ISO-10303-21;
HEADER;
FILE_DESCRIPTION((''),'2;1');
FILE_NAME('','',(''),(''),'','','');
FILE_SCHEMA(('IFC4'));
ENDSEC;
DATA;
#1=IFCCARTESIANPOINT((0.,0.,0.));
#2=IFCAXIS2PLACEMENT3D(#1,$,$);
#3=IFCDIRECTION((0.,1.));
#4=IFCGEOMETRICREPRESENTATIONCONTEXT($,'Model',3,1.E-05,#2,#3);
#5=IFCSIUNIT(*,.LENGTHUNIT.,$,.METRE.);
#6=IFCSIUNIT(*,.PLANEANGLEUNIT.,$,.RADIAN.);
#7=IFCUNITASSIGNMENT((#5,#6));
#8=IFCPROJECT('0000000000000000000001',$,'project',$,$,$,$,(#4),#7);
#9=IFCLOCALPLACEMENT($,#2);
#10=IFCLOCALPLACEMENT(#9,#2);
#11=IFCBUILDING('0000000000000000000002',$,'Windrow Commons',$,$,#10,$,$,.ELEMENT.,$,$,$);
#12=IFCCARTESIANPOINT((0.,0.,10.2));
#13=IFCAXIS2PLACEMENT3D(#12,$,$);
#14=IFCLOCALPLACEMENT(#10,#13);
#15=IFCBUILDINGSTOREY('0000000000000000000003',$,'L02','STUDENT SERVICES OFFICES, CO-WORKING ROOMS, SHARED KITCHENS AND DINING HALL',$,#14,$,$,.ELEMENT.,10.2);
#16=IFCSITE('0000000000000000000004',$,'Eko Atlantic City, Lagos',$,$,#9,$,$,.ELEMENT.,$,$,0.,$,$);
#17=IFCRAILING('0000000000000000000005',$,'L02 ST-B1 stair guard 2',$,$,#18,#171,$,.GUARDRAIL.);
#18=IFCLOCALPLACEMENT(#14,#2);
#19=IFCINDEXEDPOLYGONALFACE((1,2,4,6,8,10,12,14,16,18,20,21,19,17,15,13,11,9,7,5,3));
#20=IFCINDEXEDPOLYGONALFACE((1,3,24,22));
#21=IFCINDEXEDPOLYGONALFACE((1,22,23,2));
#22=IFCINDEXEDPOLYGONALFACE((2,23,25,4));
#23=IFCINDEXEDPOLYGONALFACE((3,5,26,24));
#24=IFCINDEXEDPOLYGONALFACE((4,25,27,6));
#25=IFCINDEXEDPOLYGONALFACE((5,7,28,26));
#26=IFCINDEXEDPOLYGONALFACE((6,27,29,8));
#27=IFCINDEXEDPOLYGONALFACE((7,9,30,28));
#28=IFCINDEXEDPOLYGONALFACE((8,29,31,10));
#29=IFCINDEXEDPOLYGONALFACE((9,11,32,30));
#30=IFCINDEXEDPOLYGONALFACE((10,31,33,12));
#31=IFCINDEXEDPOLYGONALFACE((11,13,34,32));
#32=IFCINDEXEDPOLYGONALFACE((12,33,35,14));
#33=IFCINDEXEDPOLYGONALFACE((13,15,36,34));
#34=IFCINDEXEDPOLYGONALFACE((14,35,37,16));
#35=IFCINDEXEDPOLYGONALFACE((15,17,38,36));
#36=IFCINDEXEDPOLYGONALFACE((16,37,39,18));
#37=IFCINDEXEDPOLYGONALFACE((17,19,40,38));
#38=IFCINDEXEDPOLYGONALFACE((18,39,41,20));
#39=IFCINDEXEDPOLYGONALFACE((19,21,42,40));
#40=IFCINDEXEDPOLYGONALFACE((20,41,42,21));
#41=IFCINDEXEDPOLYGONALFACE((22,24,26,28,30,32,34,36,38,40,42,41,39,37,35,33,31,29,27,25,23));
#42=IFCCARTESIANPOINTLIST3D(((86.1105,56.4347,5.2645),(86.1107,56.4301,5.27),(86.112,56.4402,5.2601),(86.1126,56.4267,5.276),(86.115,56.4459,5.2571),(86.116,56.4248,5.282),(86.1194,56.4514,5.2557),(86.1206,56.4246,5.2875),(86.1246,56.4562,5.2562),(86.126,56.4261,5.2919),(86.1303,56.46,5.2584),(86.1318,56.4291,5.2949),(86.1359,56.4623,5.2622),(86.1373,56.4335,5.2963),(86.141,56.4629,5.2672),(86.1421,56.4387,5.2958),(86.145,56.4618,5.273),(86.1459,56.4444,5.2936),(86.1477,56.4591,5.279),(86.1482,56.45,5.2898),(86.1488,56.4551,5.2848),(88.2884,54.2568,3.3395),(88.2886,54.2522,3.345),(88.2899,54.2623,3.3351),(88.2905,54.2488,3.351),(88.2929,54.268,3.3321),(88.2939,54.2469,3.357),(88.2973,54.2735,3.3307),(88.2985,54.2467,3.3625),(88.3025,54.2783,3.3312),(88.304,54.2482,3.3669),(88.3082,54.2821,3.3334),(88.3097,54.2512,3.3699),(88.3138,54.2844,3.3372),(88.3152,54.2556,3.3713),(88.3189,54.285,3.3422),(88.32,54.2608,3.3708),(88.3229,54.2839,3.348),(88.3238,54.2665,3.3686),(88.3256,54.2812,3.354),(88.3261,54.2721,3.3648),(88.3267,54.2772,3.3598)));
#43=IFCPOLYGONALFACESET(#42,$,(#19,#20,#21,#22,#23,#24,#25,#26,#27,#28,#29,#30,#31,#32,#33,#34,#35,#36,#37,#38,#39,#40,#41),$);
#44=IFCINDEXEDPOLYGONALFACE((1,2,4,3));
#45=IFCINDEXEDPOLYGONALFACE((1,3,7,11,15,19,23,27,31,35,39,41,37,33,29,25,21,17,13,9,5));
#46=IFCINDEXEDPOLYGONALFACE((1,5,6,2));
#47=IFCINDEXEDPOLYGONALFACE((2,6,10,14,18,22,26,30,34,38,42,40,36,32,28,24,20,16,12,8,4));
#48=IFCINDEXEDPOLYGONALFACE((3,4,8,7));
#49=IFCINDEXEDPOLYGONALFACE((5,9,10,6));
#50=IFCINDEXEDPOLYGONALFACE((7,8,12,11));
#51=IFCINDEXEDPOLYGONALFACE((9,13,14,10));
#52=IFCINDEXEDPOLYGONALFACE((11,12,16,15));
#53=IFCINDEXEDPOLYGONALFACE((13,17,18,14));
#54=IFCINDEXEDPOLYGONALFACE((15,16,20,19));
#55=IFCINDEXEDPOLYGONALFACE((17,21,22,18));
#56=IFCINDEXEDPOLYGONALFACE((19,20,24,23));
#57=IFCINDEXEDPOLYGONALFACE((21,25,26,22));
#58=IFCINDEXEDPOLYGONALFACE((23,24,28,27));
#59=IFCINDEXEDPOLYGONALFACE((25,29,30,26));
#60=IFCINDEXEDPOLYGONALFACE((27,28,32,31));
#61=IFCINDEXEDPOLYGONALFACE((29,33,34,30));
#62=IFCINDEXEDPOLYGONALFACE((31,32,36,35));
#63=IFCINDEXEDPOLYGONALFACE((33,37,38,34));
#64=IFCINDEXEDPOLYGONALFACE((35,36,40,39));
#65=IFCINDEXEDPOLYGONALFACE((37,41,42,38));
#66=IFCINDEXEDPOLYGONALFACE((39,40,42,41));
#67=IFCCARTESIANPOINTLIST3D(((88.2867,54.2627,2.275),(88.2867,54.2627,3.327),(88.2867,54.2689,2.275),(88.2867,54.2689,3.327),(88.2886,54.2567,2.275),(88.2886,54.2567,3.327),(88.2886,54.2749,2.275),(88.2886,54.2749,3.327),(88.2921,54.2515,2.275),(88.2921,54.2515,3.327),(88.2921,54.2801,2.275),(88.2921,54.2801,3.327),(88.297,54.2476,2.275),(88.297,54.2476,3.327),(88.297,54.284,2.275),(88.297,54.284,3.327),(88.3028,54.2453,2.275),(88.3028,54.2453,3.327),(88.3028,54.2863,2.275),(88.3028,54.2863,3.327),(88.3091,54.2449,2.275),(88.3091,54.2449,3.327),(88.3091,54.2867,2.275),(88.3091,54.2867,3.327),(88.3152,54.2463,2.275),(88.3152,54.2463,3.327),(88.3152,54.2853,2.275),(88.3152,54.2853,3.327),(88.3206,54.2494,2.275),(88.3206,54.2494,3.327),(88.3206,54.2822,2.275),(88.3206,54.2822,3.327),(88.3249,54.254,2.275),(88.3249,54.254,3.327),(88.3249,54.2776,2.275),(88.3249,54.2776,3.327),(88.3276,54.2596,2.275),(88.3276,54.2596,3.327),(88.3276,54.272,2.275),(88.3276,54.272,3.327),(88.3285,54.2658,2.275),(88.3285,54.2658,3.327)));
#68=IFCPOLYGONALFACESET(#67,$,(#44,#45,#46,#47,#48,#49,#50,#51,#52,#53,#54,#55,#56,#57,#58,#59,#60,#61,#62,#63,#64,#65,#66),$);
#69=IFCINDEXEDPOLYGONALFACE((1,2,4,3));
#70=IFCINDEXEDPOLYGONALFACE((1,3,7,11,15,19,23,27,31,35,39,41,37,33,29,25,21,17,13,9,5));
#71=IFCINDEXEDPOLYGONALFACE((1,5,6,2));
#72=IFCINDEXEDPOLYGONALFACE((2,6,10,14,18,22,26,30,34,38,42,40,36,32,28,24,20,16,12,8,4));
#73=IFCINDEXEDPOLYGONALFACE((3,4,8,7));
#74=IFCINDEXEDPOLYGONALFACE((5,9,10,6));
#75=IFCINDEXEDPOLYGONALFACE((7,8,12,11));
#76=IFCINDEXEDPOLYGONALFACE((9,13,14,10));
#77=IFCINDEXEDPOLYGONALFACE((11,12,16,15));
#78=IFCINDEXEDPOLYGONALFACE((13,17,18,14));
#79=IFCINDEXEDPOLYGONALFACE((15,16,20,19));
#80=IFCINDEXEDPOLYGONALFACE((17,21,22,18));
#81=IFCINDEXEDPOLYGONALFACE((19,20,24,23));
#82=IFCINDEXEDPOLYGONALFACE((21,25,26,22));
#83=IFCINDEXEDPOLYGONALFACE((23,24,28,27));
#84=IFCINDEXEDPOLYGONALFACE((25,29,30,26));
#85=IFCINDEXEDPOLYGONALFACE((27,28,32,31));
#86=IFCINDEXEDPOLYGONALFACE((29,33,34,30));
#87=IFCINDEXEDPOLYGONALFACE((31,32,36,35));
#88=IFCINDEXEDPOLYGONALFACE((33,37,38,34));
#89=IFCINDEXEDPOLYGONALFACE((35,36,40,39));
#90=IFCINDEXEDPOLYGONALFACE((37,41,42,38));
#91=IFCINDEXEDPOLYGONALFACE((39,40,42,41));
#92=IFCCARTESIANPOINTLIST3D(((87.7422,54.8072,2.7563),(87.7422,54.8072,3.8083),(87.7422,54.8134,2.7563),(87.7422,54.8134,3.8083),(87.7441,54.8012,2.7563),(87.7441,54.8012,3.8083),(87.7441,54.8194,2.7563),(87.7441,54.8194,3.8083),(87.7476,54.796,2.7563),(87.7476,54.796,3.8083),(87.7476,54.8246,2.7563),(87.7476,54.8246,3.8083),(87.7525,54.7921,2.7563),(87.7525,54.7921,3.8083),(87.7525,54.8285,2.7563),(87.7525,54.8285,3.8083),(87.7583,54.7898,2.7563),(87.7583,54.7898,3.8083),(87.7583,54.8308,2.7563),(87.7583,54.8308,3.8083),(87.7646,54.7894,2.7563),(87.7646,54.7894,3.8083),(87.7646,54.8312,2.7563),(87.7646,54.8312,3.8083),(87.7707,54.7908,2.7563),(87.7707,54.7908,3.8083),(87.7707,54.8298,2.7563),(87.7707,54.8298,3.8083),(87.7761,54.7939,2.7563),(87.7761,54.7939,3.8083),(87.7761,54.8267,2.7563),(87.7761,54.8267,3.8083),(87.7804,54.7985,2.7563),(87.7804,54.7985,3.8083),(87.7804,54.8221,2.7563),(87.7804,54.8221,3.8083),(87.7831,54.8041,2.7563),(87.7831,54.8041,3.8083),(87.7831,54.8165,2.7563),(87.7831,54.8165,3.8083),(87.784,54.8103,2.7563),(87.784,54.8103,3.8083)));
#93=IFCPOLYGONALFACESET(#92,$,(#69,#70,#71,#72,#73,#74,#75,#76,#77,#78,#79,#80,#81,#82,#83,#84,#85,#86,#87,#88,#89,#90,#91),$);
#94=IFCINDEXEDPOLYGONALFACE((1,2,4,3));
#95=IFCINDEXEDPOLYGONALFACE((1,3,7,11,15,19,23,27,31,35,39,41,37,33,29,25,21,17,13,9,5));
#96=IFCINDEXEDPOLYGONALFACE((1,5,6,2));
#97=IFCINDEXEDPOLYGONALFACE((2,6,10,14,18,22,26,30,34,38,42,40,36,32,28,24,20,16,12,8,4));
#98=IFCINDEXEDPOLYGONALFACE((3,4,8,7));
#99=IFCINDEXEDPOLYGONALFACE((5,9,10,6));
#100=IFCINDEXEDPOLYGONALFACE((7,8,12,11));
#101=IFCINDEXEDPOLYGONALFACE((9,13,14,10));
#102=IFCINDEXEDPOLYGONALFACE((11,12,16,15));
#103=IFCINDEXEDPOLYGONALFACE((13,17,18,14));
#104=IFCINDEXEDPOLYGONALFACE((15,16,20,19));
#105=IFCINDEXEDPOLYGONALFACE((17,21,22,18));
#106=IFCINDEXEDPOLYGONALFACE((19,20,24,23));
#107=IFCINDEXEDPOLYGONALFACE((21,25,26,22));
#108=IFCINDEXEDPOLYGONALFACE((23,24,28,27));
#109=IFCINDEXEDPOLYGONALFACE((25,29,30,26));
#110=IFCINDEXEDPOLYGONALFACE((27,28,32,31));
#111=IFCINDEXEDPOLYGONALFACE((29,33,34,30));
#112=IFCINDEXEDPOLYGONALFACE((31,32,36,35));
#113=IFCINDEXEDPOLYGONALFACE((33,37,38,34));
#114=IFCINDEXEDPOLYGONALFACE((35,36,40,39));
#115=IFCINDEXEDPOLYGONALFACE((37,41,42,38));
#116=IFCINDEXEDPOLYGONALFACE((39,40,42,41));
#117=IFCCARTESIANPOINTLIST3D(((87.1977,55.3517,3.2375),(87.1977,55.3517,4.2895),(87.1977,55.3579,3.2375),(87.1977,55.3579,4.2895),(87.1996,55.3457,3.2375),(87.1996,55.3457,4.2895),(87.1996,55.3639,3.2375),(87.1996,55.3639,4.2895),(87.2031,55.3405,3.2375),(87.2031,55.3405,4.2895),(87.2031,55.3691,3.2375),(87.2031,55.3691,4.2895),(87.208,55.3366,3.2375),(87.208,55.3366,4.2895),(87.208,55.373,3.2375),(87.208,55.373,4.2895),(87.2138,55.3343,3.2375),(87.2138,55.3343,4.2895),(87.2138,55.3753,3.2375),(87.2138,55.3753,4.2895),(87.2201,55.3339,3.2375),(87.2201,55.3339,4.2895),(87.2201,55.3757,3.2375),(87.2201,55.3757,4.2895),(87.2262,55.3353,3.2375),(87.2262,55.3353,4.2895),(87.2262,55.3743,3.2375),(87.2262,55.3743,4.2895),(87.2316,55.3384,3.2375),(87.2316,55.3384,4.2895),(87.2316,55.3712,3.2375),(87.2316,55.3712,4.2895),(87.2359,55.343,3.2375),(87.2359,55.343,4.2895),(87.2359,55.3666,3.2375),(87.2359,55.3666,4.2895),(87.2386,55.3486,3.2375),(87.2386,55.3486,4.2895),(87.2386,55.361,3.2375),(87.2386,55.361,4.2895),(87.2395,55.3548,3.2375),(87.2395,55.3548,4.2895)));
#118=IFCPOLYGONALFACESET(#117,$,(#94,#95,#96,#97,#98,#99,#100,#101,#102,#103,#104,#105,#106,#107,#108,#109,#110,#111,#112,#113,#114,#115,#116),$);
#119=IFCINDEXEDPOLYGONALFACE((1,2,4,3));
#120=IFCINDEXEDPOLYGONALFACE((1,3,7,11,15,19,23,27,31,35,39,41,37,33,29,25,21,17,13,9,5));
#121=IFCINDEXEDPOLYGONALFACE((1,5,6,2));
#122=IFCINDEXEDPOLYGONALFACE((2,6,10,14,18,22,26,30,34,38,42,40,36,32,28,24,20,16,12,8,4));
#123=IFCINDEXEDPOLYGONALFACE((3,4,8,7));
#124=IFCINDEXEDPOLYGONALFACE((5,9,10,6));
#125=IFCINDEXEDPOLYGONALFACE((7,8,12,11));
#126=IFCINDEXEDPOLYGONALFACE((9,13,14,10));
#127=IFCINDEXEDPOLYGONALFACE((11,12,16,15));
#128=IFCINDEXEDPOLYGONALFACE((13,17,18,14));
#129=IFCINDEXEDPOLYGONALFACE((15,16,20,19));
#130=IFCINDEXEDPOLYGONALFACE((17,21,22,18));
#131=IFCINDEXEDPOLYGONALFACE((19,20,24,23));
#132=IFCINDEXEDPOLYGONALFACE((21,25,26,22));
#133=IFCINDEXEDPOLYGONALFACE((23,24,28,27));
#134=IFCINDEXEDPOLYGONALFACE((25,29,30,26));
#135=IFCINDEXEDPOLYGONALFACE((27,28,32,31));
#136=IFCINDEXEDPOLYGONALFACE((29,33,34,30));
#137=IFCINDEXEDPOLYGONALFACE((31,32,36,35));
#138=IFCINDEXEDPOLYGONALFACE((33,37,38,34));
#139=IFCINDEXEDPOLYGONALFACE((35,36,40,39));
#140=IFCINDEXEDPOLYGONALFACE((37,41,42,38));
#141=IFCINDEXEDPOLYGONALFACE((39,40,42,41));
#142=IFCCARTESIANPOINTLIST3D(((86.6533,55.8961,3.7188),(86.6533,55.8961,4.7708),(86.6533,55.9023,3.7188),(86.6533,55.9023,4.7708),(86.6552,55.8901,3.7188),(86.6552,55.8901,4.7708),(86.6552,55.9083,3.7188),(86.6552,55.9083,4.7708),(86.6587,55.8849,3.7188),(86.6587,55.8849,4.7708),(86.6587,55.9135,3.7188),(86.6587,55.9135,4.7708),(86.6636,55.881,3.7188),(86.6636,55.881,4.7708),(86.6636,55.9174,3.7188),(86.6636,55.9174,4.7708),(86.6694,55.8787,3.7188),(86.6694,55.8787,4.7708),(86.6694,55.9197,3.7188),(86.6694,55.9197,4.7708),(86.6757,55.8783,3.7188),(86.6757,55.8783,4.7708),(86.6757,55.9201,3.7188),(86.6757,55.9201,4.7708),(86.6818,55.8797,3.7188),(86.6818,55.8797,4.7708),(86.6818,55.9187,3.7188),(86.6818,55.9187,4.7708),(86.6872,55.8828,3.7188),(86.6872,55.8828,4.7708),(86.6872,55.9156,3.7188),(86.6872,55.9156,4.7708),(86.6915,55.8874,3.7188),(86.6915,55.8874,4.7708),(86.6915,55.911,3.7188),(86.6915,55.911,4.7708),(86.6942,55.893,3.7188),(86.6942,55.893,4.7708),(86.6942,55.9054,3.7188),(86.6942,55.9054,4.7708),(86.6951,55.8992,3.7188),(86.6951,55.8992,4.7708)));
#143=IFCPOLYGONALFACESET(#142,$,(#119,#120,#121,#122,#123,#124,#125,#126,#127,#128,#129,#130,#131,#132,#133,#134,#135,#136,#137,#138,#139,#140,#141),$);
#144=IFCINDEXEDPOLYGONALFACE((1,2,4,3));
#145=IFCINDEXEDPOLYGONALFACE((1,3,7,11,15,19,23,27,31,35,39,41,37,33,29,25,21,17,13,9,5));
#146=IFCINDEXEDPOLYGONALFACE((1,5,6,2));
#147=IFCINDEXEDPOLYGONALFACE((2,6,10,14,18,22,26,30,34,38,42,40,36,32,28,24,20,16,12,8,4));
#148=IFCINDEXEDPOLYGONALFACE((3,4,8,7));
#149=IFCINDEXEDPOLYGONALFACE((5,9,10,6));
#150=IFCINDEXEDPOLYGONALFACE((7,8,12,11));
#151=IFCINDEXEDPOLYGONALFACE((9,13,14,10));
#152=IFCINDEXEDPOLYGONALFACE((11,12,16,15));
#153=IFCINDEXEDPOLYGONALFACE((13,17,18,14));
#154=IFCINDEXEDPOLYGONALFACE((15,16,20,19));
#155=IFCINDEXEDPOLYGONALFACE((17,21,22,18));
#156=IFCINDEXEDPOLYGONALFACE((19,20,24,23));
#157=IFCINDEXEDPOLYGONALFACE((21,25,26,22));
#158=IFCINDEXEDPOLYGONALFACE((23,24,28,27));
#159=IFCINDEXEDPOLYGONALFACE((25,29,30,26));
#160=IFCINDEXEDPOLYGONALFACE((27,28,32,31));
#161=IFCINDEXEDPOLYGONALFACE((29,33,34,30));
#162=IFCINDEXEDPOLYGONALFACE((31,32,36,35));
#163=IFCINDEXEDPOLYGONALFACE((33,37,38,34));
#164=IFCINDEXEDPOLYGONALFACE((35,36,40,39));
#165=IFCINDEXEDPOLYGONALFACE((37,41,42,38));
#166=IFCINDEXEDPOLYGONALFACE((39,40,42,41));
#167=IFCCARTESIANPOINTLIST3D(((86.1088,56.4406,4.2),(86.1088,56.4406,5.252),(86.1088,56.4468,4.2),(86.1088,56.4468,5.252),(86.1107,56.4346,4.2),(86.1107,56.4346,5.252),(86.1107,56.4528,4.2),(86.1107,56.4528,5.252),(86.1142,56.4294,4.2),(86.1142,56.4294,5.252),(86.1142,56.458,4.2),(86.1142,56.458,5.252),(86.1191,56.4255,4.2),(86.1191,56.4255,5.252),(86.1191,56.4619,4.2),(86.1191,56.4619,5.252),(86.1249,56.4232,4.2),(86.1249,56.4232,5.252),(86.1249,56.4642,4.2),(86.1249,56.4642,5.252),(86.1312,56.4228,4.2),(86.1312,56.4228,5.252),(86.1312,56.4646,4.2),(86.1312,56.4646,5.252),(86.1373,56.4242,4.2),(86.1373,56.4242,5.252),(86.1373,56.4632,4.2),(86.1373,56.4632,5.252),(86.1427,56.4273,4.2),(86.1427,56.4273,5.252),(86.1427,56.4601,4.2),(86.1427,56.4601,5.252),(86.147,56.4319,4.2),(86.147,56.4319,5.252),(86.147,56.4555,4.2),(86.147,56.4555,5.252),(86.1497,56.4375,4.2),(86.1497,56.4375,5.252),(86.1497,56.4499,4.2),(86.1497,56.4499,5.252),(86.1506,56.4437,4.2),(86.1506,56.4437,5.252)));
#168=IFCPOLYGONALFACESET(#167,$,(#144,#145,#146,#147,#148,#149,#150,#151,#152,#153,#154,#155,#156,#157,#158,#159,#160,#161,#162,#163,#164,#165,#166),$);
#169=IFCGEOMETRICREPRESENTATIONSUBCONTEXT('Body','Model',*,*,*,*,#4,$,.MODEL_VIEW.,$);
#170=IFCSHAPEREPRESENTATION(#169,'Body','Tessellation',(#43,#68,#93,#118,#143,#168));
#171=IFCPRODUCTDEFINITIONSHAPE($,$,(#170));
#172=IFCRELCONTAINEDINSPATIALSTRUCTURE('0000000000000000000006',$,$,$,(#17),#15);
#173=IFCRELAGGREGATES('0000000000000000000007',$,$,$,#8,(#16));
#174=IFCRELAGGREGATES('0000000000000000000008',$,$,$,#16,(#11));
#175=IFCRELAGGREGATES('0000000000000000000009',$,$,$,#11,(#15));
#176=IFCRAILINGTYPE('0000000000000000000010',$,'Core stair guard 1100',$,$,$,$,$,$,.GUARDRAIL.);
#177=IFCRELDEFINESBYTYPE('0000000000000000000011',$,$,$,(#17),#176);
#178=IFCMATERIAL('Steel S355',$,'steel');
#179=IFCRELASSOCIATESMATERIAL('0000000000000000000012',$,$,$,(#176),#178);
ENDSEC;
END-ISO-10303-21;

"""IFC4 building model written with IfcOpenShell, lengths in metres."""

from ifc_helpers import new_model, si_unit, direction, frame, origin, origin_2d, place, context, subcontext, project, spatial, circle, extrude, material, type_object, element, save


model = new_model("IFC4")

# Units and contexts
model_context = context("Model", 3, precision=1e-05, world=origin(), true_north=direction((0.0, 1.0)))
body_context = subcontext(model_context, "Body", "Model", "MODEL_VIEW")
ifc_project = project(units=[si_unit("LENGTHUNIT", "METRE"), si_unit("PLANEANGLEUNIT", "RADIAN")], contexts=[model_context])

# Site, building, storey
site_placement = place(None, origin())
site = spatial("IfcSite", under=ifc_project, at=site_placement, Name="Eko Atlantic City, Lagos", CompositionType="ELEMENT", RefElevation=0.0)
building_placement = place(site_placement, origin())
building = spatial("IfcBuilding", under=site, at=building_placement, Name="Windrow Commons", CompositionType="ELEMENT")
storey_placement = place(building_placement, frame((0.0, 0.0, 10.2)))
storey = spatial("IfcBuildingStorey", under=building, at=storey_placement, Name="L02", Description="STUDENT SERVICES OFFICES, CO-WORKING ROOMS, SHARED KITCHENS AND DINING HALL", CompositionType="ELEMENT", Elevation=10.2)

# Railing
ifc_material_1 = material(Name="Steel S355", Category="steel")
railing_type_1 = type_object("IfcRailingType", Name="Core stair guard 1100", PredefinedType="GUARDRAIL", material=ifc_material_1)
for number, where, name in (
    (1, (88.3075, 54.2658, 2.275), "L02 ST-B1 stair guard 2"),
):
    element("IfcRailing", number, at=place(storey_placement, frame(where)), inside=storey, type_object=railing_type_1, Name=name, PredefinedType="GUARDRAIL", context=body_context, shape_type="SweptSolid", body=[
        extrude(circle(Radius=0.024, at=origin_2d()), frame((0.0, 0.0, 1.076), z_axis=(-0.599626, 0.599626, 0.529997), x_axis=(-0.707107, -0.707107, 0.0)), (0.0, 0.0, 1.0), 3.6321),
        extrude(circle(Radius=0.021, at=origin_2d()), origin(), (0.0, 0.0, 1.0), 1.052),
        extrude(circle(Radius=0.021, at=origin_2d()), frame((-0.5445, 0.5445, 0.4813)), (0.0, 0.0, 1.0), 1.052),
        extrude(circle(Radius=0.021, at=origin_2d()), frame((-1.089, 1.089, 0.9625)), (0.0, 0.0, 1.0), 1.052),
        extrude(circle(Radius=0.021, at=origin_2d()), frame((-1.6334, 1.6334, 1.4438)), (0.0, 0.0, 1.0), 1.052),
        extrude(circle(Radius=0.021, at=origin_2d()), frame((-2.1779, 2.1779, 1.925)), (0.0, 0.0, 1.0), 1.052),
    ])

save(model, "model.ifc")
